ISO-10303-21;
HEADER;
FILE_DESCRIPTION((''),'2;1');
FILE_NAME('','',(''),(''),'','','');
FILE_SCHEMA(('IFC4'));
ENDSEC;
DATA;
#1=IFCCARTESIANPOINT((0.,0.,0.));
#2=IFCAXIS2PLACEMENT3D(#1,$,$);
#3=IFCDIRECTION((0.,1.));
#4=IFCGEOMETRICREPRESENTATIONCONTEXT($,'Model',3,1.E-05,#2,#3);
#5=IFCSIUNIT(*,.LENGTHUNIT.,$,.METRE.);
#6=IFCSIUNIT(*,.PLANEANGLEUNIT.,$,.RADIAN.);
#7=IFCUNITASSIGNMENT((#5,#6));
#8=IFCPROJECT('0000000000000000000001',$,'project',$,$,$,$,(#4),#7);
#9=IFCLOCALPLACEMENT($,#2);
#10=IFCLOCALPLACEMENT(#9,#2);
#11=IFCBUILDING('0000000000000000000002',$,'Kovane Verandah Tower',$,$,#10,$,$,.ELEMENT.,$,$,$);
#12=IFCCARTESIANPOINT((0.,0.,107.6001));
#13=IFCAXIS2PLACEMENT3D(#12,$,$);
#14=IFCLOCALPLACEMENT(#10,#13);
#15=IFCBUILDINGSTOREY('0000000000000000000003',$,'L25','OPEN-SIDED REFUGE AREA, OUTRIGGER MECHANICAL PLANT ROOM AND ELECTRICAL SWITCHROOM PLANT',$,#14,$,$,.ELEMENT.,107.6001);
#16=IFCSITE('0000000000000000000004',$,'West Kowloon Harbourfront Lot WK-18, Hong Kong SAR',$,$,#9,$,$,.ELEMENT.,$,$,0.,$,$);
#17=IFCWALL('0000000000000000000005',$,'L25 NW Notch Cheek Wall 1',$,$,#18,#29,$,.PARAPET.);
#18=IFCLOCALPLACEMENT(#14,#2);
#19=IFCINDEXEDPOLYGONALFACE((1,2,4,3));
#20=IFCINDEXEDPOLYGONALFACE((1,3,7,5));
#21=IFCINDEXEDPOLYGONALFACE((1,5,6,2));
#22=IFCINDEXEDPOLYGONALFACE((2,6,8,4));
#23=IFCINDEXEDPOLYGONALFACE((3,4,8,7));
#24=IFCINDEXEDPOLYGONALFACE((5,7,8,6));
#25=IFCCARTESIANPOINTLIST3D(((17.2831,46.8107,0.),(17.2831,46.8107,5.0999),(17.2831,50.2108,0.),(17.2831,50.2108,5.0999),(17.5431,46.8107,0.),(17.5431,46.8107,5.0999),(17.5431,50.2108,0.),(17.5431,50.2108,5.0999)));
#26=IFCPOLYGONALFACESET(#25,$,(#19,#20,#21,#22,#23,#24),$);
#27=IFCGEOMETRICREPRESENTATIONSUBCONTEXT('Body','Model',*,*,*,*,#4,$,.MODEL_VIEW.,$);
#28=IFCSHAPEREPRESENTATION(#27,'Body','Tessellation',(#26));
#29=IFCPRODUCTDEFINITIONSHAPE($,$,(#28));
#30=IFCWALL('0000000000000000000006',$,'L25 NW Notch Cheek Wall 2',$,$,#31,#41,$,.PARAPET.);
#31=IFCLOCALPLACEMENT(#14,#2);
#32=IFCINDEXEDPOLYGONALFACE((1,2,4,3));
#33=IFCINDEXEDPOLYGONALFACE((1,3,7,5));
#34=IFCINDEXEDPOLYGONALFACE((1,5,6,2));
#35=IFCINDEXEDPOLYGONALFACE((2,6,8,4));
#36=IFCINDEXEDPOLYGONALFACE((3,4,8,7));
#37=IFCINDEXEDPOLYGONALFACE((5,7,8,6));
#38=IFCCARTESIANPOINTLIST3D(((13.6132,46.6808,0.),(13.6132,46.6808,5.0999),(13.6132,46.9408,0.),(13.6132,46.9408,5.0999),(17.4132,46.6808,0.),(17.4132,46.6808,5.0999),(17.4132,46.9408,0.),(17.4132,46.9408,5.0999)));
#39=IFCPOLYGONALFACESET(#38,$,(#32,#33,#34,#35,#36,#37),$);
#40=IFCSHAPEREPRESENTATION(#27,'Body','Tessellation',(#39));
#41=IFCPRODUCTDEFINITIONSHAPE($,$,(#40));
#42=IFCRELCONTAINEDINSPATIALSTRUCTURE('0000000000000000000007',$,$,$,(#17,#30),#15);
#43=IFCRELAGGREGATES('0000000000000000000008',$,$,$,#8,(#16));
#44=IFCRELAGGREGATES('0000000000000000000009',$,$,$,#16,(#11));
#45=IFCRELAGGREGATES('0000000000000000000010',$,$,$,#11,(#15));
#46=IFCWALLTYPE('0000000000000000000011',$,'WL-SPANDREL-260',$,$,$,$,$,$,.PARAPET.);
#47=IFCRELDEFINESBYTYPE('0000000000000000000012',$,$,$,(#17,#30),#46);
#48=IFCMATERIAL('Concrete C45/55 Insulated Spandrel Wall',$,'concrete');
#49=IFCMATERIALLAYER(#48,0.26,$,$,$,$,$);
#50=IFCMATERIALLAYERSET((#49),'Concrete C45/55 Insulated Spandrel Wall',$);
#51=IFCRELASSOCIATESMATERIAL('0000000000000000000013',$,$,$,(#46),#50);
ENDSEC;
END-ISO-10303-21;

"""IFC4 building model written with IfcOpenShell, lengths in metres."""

from ifc_helpers import new_model, si_unit, direction, frame, frame_2d, origin, place, context, subcontext, project, spatial, rectangle, extrude, material, layer, layer_set, type_object, element, save


model = new_model("IFC4")

# Units and contexts
model_context = context("Model", 3, precision=1e-05, world=origin(), true_north=direction((0.0, 1.0)))
body_context = subcontext(model_context, "Body", "Model", "MODEL_VIEW")
ifc_project = project(units=[si_unit("LENGTHUNIT", "METRE"), si_unit("PLANEANGLEUNIT", "RADIAN")], contexts=[model_context])

# Site, building, storey
site_placement = place(None, origin())
site = spatial("IfcSite", under=ifc_project, at=site_placement, Name="West Kowloon Harbourfront Lot WK-18, Hong Kong SAR", CompositionType="ELEMENT", RefElevation=0.0)
building_placement = place(site_placement, origin())
building = spatial("IfcBuilding", under=site, at=building_placement, Name="Kovane Verandah Tower", CompositionType="ELEMENT")
storey_placement = place(building_placement, frame((0.0, 0.0, 107.6001)))
storey = spatial("IfcBuildingStorey", under=building, at=storey_placement, Name="L25", Description="OPEN-SIDED REFUGE AREA, OUTRIGGER MECHANICAL PLANT ROOM AND ELECTRICAL SWITCHROOM PLANT", CompositionType="ELEMENT", Elevation=107.6001)

# Walls
ifc_material_1 = material(Name="Concrete C45/55 Insulated Spandrel Wall", Category="concrete")
ifc_layer_1 = layer(ifc_material_1, 0.26)
ifc_layer_set_1 = layer_set([ifc_layer_1], Name="Concrete C45/55 Insulated Spandrel Wall")
wall_type = type_object("IfcWallType", Name="WL-SPANDREL-260", PredefinedType="PARAPET", material=ifc_layer_set_1)
wall_1_placement = place(storey_placement, frame((17.4131, 50.2109, 0.0), z_axis=(0.0, 0.0, 1.0), x_axis=(0.0, -1.0, 0.0)))
element("IfcWall", 1, at=wall_1_placement, inside=storey, type_object=wall_type, Name="L25 NW Notch Cheek Wall 1", PredefinedType="PARAPET", context=body_context, shape_type="SweptSolid", body=[
    extrude(rectangle(XDim=3.4001, YDim=0.26, at=frame_2d((1.7002, 0.0))), origin(), (0.0, 0.0, 1.0), 5.0999),
])
wall_2_placement = place(storey_placement, frame((17.4131, 46.8108, 0.0), z_axis=(0.0, 0.0, 1.0), x_axis=(-1.0, 0.0, 0.0)))
element("IfcWall", 2, at=wall_2_placement, inside=storey, type_object=wall_type, Name="L25 NW Notch Cheek Wall 2", PredefinedType="PARAPET", context=body_context, shape_type="SweptSolid", body=[
    extrude(rectangle(XDim=3.8, YDim=0.26, at=frame_2d((1.8999, 0.0))), origin(), (0.0, 0.0, 1.0), 5.0999),
])

save(model, "model.ifc")
